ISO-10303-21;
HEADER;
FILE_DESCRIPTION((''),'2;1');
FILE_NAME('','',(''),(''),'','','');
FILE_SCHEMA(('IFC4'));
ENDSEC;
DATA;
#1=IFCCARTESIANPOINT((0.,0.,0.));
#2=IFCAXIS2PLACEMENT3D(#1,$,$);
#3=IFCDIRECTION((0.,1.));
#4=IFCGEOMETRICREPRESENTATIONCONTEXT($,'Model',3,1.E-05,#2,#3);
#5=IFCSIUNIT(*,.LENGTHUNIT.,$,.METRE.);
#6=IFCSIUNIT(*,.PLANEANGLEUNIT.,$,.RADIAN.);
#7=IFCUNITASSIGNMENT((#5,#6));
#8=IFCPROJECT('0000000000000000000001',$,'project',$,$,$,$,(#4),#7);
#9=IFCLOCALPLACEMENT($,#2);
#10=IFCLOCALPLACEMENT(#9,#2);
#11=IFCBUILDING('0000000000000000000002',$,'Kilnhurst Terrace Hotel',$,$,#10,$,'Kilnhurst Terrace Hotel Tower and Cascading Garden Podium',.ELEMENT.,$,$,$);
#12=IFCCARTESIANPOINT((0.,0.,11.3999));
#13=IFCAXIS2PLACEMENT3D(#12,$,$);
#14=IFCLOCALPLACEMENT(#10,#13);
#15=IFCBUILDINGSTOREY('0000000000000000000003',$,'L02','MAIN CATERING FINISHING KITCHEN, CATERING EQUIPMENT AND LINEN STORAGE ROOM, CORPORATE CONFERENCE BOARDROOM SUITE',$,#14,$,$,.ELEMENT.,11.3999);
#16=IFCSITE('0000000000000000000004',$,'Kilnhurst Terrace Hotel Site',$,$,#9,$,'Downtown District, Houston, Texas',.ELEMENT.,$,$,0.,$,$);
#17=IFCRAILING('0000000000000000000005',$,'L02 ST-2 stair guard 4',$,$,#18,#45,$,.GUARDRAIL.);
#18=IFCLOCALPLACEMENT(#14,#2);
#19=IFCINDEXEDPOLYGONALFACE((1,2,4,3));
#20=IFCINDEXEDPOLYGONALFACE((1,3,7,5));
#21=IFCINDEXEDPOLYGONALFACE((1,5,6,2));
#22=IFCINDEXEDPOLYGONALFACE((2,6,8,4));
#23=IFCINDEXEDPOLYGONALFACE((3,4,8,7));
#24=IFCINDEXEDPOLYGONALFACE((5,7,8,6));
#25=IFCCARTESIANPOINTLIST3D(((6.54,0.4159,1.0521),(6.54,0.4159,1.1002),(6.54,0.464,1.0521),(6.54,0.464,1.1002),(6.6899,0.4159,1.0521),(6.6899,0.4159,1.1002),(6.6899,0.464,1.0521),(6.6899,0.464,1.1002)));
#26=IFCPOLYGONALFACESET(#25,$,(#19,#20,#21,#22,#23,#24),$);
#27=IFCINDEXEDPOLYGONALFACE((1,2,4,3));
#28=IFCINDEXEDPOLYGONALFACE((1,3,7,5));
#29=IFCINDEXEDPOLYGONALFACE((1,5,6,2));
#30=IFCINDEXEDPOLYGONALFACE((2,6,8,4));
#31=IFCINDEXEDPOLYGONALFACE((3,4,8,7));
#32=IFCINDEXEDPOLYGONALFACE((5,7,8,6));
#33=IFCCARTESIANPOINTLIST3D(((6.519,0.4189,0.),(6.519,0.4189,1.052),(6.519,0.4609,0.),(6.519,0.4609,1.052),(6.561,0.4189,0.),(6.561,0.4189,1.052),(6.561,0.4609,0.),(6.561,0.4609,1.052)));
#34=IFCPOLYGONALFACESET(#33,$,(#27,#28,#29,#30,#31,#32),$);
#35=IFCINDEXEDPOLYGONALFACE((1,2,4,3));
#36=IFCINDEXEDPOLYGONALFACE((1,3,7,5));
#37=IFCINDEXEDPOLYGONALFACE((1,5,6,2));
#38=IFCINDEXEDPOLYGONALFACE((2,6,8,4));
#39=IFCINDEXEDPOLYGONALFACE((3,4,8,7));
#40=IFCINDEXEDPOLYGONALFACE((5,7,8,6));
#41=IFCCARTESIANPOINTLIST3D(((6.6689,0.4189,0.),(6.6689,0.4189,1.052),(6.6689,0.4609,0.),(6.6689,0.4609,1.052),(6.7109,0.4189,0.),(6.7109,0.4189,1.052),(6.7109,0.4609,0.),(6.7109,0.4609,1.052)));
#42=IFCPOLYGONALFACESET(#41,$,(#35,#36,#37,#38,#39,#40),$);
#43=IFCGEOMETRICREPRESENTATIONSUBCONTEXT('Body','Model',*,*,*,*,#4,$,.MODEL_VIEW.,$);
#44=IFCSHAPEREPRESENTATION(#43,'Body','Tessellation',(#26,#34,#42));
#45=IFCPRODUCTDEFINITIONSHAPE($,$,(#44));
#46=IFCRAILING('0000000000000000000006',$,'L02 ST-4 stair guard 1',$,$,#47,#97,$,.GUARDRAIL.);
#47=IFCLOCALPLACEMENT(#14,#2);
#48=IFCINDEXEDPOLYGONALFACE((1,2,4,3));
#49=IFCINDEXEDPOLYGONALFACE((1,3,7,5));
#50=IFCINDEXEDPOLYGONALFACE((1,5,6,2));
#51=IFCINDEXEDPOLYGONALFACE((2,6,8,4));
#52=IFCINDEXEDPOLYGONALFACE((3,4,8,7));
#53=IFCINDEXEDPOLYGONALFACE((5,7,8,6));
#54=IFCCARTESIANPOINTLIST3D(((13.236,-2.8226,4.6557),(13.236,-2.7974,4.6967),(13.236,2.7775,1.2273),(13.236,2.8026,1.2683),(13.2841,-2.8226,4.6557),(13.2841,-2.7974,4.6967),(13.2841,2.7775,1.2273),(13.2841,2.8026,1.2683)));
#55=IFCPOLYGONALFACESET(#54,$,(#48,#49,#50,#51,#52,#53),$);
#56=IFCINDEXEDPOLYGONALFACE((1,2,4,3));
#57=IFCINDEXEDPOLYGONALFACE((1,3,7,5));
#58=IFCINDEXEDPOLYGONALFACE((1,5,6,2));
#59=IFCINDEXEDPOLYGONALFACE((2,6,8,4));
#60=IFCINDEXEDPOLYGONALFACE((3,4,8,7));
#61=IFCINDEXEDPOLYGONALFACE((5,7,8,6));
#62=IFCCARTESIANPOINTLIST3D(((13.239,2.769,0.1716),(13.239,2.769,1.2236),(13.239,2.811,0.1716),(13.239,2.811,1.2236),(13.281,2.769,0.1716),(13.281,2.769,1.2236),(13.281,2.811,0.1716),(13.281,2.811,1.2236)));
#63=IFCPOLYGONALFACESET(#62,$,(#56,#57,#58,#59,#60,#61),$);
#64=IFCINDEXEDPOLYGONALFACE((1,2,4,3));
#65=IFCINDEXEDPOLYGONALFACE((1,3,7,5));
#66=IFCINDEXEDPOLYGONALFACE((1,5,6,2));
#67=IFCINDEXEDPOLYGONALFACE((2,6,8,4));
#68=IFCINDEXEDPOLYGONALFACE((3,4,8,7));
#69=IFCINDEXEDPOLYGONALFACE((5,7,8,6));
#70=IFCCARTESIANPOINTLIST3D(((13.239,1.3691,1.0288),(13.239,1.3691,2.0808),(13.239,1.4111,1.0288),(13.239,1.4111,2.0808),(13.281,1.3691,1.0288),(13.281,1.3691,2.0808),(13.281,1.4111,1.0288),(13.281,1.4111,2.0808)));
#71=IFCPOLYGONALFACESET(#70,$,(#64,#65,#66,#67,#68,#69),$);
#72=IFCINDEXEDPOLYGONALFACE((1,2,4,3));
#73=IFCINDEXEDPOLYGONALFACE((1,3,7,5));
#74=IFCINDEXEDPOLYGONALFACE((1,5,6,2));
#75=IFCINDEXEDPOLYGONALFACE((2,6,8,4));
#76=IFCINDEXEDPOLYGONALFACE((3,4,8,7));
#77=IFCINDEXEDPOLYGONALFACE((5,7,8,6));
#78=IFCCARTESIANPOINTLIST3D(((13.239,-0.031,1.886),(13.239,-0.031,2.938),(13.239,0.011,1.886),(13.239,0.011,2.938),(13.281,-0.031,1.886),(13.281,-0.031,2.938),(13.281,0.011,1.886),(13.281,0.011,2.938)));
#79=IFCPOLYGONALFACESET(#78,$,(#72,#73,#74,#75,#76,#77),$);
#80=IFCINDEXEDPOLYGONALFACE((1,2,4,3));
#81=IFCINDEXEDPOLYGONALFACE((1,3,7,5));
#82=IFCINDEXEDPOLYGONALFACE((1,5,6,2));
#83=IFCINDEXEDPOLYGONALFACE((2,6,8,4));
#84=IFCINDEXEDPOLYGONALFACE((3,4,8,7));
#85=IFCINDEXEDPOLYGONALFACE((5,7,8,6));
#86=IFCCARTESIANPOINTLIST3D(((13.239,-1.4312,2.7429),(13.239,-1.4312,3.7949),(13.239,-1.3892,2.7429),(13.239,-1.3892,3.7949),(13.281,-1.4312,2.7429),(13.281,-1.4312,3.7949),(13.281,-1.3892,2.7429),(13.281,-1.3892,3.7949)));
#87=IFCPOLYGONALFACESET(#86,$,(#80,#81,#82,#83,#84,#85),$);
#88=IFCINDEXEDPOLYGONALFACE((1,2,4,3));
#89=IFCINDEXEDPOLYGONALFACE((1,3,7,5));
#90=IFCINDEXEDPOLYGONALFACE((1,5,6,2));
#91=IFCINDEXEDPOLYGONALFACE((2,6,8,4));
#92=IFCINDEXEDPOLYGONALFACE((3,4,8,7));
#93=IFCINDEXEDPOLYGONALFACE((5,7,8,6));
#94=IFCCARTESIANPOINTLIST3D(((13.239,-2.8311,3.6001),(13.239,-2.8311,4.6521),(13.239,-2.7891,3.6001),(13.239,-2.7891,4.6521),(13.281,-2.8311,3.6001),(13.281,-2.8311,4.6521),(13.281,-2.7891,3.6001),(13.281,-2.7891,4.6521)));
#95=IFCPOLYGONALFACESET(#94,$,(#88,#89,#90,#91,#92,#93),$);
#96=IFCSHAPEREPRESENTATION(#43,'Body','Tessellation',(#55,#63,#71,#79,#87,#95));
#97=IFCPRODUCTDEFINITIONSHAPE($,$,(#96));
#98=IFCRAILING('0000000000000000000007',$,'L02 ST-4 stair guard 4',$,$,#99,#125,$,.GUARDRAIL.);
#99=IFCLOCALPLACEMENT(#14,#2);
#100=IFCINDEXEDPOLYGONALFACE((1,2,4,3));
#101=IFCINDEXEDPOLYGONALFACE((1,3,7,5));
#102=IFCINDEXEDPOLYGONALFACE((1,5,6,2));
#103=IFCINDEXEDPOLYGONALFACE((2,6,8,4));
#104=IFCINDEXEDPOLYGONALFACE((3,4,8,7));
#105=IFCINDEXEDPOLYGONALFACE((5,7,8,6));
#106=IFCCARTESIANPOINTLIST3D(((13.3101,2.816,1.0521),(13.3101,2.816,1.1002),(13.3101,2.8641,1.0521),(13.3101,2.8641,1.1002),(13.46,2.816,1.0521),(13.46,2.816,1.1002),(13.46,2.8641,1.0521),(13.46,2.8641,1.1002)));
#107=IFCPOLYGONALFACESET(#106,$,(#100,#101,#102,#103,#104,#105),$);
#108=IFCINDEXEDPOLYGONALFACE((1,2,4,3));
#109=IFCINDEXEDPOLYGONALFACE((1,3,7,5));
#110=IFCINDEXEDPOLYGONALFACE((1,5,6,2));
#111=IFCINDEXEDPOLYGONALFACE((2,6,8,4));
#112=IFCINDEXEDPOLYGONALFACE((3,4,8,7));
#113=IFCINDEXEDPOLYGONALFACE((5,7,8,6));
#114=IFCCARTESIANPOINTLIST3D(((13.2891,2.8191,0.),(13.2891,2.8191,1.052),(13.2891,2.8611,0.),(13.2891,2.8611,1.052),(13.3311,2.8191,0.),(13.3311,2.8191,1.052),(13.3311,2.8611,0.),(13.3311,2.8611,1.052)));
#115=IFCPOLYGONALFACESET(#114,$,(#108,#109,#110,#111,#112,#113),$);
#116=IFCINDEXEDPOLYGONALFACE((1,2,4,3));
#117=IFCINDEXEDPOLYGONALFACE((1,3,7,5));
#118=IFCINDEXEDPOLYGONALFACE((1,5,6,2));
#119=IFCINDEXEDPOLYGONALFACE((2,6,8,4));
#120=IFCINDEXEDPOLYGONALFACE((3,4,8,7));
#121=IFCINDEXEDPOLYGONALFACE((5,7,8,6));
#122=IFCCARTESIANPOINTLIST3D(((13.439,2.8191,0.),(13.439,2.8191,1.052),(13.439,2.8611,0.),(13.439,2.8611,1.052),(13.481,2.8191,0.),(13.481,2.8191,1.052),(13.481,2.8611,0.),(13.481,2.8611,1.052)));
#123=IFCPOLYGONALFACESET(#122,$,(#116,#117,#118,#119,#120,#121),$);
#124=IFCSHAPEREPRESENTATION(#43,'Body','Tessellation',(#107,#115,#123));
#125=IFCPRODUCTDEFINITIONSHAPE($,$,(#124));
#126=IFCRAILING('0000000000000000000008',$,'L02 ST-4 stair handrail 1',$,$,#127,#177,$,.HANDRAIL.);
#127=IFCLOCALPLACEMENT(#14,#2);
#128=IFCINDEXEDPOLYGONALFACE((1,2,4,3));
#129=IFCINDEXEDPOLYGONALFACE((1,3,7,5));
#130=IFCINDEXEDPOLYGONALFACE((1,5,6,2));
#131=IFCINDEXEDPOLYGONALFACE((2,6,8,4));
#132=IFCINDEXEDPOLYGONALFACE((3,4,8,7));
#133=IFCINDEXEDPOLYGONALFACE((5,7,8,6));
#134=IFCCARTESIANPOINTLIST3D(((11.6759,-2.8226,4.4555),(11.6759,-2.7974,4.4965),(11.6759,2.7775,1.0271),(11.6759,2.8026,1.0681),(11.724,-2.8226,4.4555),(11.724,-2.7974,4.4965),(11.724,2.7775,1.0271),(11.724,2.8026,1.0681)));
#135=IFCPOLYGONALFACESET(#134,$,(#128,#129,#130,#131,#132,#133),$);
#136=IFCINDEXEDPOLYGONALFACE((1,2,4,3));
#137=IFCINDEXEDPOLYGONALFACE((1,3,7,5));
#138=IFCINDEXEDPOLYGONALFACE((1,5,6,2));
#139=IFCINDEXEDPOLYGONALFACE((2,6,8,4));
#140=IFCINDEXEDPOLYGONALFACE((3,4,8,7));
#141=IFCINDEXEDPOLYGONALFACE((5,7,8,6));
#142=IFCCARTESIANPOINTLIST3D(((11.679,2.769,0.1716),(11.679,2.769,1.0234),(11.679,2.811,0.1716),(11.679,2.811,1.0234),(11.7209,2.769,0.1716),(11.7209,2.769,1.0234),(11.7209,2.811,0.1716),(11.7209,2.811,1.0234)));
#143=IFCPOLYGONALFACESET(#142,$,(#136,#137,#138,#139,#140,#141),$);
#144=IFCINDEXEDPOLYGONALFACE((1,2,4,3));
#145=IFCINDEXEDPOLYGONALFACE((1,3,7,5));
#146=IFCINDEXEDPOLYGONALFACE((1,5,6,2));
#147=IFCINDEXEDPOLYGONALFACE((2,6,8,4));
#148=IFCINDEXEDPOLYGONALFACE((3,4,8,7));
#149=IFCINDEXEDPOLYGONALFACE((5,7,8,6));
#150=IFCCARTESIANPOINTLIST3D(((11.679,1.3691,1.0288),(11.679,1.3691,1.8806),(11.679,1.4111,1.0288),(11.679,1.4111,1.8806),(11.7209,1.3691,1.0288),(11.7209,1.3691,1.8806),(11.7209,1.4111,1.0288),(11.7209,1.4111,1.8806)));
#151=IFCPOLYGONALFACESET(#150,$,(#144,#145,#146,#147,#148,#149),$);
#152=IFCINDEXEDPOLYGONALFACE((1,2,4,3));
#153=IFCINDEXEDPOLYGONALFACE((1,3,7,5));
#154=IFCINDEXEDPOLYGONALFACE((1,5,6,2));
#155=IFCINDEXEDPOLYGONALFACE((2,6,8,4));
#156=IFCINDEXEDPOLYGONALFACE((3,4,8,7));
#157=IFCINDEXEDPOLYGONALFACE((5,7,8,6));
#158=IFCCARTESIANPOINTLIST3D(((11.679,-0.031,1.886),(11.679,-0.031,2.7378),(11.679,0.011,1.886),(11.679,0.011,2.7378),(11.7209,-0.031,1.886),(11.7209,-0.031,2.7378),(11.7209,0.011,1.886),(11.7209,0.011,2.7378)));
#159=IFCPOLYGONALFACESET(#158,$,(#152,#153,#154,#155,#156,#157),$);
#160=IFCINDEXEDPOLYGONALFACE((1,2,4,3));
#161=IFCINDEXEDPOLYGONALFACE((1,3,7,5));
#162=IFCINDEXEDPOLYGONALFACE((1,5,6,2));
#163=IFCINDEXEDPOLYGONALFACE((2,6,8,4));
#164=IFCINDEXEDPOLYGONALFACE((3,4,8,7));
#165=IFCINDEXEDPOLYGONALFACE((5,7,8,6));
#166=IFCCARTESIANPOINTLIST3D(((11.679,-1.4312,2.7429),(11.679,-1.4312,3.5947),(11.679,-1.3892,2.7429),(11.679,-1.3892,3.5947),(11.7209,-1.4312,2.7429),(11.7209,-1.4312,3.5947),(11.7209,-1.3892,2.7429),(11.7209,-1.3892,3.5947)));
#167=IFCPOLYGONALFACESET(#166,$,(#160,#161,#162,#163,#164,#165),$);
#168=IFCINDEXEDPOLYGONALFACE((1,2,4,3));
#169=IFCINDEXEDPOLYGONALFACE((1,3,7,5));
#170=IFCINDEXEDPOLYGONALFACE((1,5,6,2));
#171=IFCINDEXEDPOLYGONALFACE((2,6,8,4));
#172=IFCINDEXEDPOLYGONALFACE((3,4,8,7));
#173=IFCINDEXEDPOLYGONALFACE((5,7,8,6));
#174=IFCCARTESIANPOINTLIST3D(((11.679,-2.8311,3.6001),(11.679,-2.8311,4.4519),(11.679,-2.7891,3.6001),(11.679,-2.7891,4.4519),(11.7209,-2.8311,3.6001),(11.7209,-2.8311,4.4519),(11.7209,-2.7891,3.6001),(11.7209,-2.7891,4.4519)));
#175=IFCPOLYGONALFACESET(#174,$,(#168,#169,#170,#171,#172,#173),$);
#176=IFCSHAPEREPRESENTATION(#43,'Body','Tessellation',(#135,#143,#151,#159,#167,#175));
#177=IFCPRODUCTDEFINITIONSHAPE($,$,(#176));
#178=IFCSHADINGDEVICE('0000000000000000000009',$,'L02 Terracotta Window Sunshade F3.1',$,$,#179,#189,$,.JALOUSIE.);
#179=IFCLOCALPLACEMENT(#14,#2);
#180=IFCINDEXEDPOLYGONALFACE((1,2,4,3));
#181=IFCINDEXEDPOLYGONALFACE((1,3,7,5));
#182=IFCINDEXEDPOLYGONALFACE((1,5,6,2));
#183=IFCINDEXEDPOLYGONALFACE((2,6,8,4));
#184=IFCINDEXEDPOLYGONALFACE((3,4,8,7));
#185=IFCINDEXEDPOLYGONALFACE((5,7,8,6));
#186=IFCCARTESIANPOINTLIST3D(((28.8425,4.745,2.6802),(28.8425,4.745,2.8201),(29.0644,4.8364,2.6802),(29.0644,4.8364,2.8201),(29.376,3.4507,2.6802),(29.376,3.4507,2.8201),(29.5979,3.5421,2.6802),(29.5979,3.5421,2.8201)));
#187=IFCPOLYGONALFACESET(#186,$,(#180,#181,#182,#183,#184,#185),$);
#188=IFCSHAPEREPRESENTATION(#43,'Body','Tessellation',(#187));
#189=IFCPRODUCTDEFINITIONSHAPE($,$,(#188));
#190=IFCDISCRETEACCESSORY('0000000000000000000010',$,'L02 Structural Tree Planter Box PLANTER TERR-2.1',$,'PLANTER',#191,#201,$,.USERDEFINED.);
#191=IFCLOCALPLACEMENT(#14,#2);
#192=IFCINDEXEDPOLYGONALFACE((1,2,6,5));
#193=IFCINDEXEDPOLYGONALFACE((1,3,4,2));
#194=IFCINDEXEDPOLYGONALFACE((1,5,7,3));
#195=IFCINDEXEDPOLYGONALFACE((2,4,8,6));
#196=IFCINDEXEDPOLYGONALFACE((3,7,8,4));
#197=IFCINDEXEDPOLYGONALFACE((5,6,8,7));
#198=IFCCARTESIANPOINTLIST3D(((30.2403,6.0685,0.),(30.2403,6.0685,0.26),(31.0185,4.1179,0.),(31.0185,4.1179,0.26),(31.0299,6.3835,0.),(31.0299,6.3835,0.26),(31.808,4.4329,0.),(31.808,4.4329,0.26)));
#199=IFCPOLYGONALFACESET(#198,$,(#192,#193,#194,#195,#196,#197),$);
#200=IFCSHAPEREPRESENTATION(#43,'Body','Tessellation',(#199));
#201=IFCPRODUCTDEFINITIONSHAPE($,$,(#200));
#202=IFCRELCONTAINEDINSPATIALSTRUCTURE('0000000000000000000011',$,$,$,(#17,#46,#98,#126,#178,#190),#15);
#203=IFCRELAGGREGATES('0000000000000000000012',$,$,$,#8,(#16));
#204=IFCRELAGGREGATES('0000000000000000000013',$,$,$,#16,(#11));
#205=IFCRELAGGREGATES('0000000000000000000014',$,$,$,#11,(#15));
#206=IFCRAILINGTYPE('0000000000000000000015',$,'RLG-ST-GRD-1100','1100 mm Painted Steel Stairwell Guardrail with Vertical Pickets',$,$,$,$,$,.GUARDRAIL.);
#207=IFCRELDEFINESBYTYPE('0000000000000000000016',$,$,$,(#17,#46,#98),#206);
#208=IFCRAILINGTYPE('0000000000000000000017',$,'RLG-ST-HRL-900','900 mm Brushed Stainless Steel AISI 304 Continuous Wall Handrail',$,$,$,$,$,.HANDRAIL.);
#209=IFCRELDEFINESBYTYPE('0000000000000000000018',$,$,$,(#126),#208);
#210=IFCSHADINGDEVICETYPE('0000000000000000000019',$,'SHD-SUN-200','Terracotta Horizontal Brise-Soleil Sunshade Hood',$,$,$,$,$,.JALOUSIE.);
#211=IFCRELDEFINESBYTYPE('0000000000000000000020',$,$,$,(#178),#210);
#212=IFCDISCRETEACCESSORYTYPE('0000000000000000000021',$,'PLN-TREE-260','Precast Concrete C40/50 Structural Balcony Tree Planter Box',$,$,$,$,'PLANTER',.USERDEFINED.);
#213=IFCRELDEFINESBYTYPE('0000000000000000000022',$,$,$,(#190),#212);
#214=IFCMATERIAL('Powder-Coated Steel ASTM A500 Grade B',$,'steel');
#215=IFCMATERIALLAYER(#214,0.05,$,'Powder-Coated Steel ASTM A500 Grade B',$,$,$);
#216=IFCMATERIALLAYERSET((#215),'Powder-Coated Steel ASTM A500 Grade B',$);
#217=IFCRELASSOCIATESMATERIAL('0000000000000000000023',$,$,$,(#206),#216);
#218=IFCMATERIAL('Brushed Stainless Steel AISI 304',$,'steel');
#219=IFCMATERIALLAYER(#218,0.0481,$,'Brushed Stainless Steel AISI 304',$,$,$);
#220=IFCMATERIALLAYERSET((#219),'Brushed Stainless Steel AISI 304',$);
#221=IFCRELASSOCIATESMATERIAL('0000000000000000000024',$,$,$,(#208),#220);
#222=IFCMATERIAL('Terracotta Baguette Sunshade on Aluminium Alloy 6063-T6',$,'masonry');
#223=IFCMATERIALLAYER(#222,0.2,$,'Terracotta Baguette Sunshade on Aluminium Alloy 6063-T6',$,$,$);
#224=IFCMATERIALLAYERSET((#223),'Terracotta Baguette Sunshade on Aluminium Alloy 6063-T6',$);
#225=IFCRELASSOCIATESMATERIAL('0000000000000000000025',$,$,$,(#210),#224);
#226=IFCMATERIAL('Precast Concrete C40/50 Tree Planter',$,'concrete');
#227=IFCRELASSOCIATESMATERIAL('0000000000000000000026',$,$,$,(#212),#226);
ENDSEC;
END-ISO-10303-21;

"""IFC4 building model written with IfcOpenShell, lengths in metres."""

from ifc_helpers import new_model, si_unit, direction, frame, origin, origin_2d, place, context, subcontext, project, spatial, rectangle, extrude, material, layer, layer_set, type_object, element, save


model = new_model("IFC4")

# Units and contexts
model_context = context("Model", 3, precision=1e-05, world=origin(), true_north=direction((0.0, 1.0)))
body_context = subcontext(model_context, "Body", "Model", "MODEL_VIEW")
ifc_project = project(units=[si_unit("LENGTHUNIT", "METRE"), si_unit("PLANEANGLEUNIT", "RADIAN")], contexts=[model_context])

# Site, building, storey
site_placement = place(None, origin())
site = spatial("IfcSite", under=ifc_project, at=site_placement, Name="Kilnhurst Terrace Hotel Site", LongName="Downtown District, Houston, Texas", CompositionType="ELEMENT", RefElevation=0.0)
building_placement = place(site_placement, origin())
building = spatial("IfcBuilding", under=site, at=building_placement, Name="Kilnhurst Terrace Hotel", LongName="Kilnhurst Terrace Hotel Tower and Cascading Garden Podium", CompositionType="ELEMENT")
storey_placement = place(building_placement, frame((0.0, 0.0, 11.3999)))
storey = spatial("IfcBuildingStorey", under=building, at=storey_placement, Name="L02", Description="MAIN CATERING FINISHING KITCHEN, CATERING EQUIPMENT AND LINEN STORAGE ROOM, CORPORATE CONFERENCE BOARDROOM SUITE", CompositionType="ELEMENT", Elevation=11.3999)

# Railings
ifc_material_1 = material(Name="Powder-Coated Steel ASTM A500 Grade B", Category="steel")
ifc_layer_1 = layer(ifc_material_1, 0.05, Name="Powder-Coated Steel ASTM A500 Grade B")
ifc_layer_set_1 = layer_set([ifc_layer_1], Name="Powder-Coated Steel ASTM A500 Grade B")
railing_type_1 = type_object("IfcRailingType", Name="RLG-ST-GRD-1100", Description="1100 mm Painted Steel Stairwell Guardrail with Vertical Pickets", PredefinedType="GUARDRAIL", material=ifc_layer_set_1)
railing_1_placement = place(storey_placement, frame((6.54, 0.4399, 0.0)))
element("IfcRailing", 1, at=railing_1_placement, inside=storey, type_object=railing_type_1, Name="L02 ST-2 stair guard 4", PredefinedType="GUARDRAIL", context=body_context, shape_type="SweptSolid", body=[
    extrude(rectangle(XDim=0.0481, YDim=0.0481, at=origin_2d()), frame((0.0, 0.0, 1.0762), z_axis=(1.0, 0.0, 0.0), x_axis=(0.0, 1.0, 0.0)), (0.0, 0.0, 1.0), 0.1499),
    extrude(rectangle(XDim=0.042, YDim=0.042, at=origin_2d()), origin(), (0.0, 0.0, 1.0), 1.052),
    extrude(rectangle(XDim=0.042, YDim=0.042, at=origin_2d()), frame((0.1499, 0.0, 0.0)), (0.0, 0.0, 1.0), 1.052),
])
railing_2_placement = place(storey_placement, frame((13.26, 2.79, 0.1716)))
element("IfcRailing", 2, at=railing_2_placement, inside=storey, type_object=railing_type_1, Name="L02 ST-4 stair guard 1", PredefinedType="GUARDRAIL", context=body_context, shape_type="SweptSolid", body=[
    extrude(rectangle(XDim=0.0481, YDim=0.0481, at=origin_2d()), frame((0.0, 0.0, 1.0762), z_axis=(0.0, -0.852862, 0.522136), x_axis=(1.0, 0.0, 0.0)), (0.0, 0.0, 1.0), 6.5662),
    extrude(rectangle(XDim=0.042, YDim=0.042, at=origin_2d()), origin(), (0.0, 0.0, 1.0), 1.052),
    extrude(rectangle(XDim=0.042, YDim=0.042, at=origin_2d()), frame((0.0, -1.3999, 0.8572)), (0.0, 0.0, 1.0), 1.052),
    extrude(rectangle(XDim=0.042, YDim=0.042, at=origin_2d()), frame((0.0, -2.8, 1.7144)), (0.0, 0.0, 1.0), 1.052),
    extrude(rectangle(XDim=0.042, YDim=0.042, at=origin_2d()), frame((0.0, -4.2002, 2.5713)), (0.0, 0.0, 1.0), 1.052),
    extrude(rectangle(XDim=0.042, YDim=0.042, at=origin_2d()), frame((0.0, -5.6001, 3.4285)), (0.0, 0.0, 1.0), 1.052),
])
railing_3_placement = place(storey_placement, frame((13.3101, 2.8401, 0.0)))
element("IfcRailing", 3, at=railing_3_placement, inside=storey, type_object=railing_type_1, Name="L02 ST-4 stair guard 4", PredefinedType="GUARDRAIL", context=body_context, shape_type="SweptSolid", body=[
    extrude(rectangle(XDim=0.0481, YDim=0.0481, at=origin_2d()), frame((0.0, 0.0, 1.0762), z_axis=(1.0, 0.0, 0.0), x_axis=(0.0, 1.0, 0.0)), (0.0, 0.0, 1.0), 0.1499),
    extrude(rectangle(XDim=0.042, YDim=0.042, at=origin_2d()), origin(), (0.0, 0.0, 1.0), 1.052),
    extrude(rectangle(XDim=0.042, YDim=0.042, at=origin_2d()), frame((0.1499, 0.0, 0.0)), (0.0, 0.0, 1.0), 1.052),
])
ifc_material_2 = material(Name="Brushed Stainless Steel AISI 304", Category="steel")
ifc_layer_2 = layer(ifc_material_2, 0.0481, Name="Brushed Stainless Steel AISI 304")
ifc_layer_set_2 = layer_set([ifc_layer_2], Name="Brushed Stainless Steel AISI 304")
railing_type_2 = type_object("IfcRailingType", Name="RLG-ST-HRL-900", Description="900 mm Brushed Stainless Steel AISI 304 Continuous Wall Handrail", PredefinedType="HANDRAIL", material=ifc_layer_set_2)
railing_4_placement = place(storey_placement, frame((11.7, 2.79, 0.1716)))
element("IfcRailing", 4, at=railing_4_placement, inside=storey, type_object=railing_type_2, Name="L02 ST-4 stair handrail 1", PredefinedType="HANDRAIL", context=body_context, shape_type="SweptSolid", body=[
    extrude(rectangle(XDim=0.0481, YDim=0.0481, at=origin_2d()), frame((0.0, 0.0, 0.876), z_axis=(0.0, -0.852862, 0.522136), x_axis=(1.0, 0.0, 0.0)), (0.0, 0.0, 1.0), 6.5662),
    extrude(rectangle(XDim=0.042, YDim=0.042, at=origin_2d()), origin(), (0.0, 0.0, 1.0), 0.8518),
    extrude(rectangle(XDim=0.042, YDim=0.042, at=origin_2d()), frame((0.0, -1.3999, 0.8572)), (0.0, 0.0, 1.0), 0.8518),
    extrude(rectangle(XDim=0.042, YDim=0.042, at=origin_2d()), frame((0.0, -2.8, 1.7144)), (0.0, 0.0, 1.0), 0.8518),
    extrude(rectangle(XDim=0.042, YDim=0.042, at=origin_2d()), frame((0.0, -4.2002, 2.5713)), (0.0, 0.0, 1.0), 0.8518),
    extrude(rectangle(XDim=0.042, YDim=0.042, at=origin_2d()), frame((0.0, -5.6001, 3.4285)), (0.0, 0.0, 1.0), 0.8518),
])

# Shading device
ifc_material_3 = material(Name="Terracotta Baguette Sunshade on Aluminium Alloy 6063-T6", Category="masonry")
ifc_layer_3 = layer(ifc_material_3, 0.2, Name="Terracotta Baguette Sunshade on Aluminium Alloy 6063-T6")
ifc_layer_set_3 = layer_set([ifc_layer_3], Name="Terracotta Baguette Sunshade on Aluminium Alloy 6063-T6")
shading_device_type = type_object("IfcShadingDeviceType", Name="SHD-SUN-200", Description="Terracotta Horizontal Brise-Soleil Sunshade Hood", PredefinedType="JALOUSIE", material=ifc_layer_set_3)
shading_device_placement = place(storey_placement, frame((29.2202, 4.1436, 2.6802), z_axis=(0.0, 0.0, 1.0), x_axis=(-0.38107, 0.924546, 0.0)))
element("IfcShadingDevice", 5, at=shading_device_placement, inside=storey, type_object=shading_device_type, Name="L02 Terracotta Window Sunshade F3.1", PredefinedType="JALOUSIE", context=body_context, shape_type="SweptSolid", body=[
    extrude(rectangle(XDim=1.3999, YDim=0.24, at=origin_2d()), origin(), (0.0, 0.0, 1.0), 0.1399),
])

# Discrete accessory
ifc_material_4 = material(Name="Precast Concrete C40/50 Tree Planter", Category="concrete")
discrete_accessory_type = type_object("IfcDiscreteAccessoryType", Name="PLN-TREE-260", Description="Precast Concrete C40/50 Structural Balcony Tree Planter Box", ElementType="PLANTER", PredefinedType="USERDEFINED", material=ifc_material_4)
discrete_accessory_placement = place(storey_placement, frame((31.0242, 5.2507, 0.0), z_axis=(0.0, 0.0, 1.0), x_axis=(-0.370541, 0.928816, 0.0)))
element("IfcDiscreteAccessory", 6, at=discrete_accessory_placement, inside=storey, type_object=discrete_accessory_type, Name="L02 Structural Tree Planter Box PLANTER TERR-2.1", ObjectType="PLANTER", PredefinedType="USERDEFINED", context=body_context, shape_type="SweptSolid", body=[
    extrude(rectangle(XDim=2.1001, YDim=0.8501, at=origin_2d()), origin(), (0.0, 0.0, 1.0), 0.26),
])

save(model, "model.ifc")
